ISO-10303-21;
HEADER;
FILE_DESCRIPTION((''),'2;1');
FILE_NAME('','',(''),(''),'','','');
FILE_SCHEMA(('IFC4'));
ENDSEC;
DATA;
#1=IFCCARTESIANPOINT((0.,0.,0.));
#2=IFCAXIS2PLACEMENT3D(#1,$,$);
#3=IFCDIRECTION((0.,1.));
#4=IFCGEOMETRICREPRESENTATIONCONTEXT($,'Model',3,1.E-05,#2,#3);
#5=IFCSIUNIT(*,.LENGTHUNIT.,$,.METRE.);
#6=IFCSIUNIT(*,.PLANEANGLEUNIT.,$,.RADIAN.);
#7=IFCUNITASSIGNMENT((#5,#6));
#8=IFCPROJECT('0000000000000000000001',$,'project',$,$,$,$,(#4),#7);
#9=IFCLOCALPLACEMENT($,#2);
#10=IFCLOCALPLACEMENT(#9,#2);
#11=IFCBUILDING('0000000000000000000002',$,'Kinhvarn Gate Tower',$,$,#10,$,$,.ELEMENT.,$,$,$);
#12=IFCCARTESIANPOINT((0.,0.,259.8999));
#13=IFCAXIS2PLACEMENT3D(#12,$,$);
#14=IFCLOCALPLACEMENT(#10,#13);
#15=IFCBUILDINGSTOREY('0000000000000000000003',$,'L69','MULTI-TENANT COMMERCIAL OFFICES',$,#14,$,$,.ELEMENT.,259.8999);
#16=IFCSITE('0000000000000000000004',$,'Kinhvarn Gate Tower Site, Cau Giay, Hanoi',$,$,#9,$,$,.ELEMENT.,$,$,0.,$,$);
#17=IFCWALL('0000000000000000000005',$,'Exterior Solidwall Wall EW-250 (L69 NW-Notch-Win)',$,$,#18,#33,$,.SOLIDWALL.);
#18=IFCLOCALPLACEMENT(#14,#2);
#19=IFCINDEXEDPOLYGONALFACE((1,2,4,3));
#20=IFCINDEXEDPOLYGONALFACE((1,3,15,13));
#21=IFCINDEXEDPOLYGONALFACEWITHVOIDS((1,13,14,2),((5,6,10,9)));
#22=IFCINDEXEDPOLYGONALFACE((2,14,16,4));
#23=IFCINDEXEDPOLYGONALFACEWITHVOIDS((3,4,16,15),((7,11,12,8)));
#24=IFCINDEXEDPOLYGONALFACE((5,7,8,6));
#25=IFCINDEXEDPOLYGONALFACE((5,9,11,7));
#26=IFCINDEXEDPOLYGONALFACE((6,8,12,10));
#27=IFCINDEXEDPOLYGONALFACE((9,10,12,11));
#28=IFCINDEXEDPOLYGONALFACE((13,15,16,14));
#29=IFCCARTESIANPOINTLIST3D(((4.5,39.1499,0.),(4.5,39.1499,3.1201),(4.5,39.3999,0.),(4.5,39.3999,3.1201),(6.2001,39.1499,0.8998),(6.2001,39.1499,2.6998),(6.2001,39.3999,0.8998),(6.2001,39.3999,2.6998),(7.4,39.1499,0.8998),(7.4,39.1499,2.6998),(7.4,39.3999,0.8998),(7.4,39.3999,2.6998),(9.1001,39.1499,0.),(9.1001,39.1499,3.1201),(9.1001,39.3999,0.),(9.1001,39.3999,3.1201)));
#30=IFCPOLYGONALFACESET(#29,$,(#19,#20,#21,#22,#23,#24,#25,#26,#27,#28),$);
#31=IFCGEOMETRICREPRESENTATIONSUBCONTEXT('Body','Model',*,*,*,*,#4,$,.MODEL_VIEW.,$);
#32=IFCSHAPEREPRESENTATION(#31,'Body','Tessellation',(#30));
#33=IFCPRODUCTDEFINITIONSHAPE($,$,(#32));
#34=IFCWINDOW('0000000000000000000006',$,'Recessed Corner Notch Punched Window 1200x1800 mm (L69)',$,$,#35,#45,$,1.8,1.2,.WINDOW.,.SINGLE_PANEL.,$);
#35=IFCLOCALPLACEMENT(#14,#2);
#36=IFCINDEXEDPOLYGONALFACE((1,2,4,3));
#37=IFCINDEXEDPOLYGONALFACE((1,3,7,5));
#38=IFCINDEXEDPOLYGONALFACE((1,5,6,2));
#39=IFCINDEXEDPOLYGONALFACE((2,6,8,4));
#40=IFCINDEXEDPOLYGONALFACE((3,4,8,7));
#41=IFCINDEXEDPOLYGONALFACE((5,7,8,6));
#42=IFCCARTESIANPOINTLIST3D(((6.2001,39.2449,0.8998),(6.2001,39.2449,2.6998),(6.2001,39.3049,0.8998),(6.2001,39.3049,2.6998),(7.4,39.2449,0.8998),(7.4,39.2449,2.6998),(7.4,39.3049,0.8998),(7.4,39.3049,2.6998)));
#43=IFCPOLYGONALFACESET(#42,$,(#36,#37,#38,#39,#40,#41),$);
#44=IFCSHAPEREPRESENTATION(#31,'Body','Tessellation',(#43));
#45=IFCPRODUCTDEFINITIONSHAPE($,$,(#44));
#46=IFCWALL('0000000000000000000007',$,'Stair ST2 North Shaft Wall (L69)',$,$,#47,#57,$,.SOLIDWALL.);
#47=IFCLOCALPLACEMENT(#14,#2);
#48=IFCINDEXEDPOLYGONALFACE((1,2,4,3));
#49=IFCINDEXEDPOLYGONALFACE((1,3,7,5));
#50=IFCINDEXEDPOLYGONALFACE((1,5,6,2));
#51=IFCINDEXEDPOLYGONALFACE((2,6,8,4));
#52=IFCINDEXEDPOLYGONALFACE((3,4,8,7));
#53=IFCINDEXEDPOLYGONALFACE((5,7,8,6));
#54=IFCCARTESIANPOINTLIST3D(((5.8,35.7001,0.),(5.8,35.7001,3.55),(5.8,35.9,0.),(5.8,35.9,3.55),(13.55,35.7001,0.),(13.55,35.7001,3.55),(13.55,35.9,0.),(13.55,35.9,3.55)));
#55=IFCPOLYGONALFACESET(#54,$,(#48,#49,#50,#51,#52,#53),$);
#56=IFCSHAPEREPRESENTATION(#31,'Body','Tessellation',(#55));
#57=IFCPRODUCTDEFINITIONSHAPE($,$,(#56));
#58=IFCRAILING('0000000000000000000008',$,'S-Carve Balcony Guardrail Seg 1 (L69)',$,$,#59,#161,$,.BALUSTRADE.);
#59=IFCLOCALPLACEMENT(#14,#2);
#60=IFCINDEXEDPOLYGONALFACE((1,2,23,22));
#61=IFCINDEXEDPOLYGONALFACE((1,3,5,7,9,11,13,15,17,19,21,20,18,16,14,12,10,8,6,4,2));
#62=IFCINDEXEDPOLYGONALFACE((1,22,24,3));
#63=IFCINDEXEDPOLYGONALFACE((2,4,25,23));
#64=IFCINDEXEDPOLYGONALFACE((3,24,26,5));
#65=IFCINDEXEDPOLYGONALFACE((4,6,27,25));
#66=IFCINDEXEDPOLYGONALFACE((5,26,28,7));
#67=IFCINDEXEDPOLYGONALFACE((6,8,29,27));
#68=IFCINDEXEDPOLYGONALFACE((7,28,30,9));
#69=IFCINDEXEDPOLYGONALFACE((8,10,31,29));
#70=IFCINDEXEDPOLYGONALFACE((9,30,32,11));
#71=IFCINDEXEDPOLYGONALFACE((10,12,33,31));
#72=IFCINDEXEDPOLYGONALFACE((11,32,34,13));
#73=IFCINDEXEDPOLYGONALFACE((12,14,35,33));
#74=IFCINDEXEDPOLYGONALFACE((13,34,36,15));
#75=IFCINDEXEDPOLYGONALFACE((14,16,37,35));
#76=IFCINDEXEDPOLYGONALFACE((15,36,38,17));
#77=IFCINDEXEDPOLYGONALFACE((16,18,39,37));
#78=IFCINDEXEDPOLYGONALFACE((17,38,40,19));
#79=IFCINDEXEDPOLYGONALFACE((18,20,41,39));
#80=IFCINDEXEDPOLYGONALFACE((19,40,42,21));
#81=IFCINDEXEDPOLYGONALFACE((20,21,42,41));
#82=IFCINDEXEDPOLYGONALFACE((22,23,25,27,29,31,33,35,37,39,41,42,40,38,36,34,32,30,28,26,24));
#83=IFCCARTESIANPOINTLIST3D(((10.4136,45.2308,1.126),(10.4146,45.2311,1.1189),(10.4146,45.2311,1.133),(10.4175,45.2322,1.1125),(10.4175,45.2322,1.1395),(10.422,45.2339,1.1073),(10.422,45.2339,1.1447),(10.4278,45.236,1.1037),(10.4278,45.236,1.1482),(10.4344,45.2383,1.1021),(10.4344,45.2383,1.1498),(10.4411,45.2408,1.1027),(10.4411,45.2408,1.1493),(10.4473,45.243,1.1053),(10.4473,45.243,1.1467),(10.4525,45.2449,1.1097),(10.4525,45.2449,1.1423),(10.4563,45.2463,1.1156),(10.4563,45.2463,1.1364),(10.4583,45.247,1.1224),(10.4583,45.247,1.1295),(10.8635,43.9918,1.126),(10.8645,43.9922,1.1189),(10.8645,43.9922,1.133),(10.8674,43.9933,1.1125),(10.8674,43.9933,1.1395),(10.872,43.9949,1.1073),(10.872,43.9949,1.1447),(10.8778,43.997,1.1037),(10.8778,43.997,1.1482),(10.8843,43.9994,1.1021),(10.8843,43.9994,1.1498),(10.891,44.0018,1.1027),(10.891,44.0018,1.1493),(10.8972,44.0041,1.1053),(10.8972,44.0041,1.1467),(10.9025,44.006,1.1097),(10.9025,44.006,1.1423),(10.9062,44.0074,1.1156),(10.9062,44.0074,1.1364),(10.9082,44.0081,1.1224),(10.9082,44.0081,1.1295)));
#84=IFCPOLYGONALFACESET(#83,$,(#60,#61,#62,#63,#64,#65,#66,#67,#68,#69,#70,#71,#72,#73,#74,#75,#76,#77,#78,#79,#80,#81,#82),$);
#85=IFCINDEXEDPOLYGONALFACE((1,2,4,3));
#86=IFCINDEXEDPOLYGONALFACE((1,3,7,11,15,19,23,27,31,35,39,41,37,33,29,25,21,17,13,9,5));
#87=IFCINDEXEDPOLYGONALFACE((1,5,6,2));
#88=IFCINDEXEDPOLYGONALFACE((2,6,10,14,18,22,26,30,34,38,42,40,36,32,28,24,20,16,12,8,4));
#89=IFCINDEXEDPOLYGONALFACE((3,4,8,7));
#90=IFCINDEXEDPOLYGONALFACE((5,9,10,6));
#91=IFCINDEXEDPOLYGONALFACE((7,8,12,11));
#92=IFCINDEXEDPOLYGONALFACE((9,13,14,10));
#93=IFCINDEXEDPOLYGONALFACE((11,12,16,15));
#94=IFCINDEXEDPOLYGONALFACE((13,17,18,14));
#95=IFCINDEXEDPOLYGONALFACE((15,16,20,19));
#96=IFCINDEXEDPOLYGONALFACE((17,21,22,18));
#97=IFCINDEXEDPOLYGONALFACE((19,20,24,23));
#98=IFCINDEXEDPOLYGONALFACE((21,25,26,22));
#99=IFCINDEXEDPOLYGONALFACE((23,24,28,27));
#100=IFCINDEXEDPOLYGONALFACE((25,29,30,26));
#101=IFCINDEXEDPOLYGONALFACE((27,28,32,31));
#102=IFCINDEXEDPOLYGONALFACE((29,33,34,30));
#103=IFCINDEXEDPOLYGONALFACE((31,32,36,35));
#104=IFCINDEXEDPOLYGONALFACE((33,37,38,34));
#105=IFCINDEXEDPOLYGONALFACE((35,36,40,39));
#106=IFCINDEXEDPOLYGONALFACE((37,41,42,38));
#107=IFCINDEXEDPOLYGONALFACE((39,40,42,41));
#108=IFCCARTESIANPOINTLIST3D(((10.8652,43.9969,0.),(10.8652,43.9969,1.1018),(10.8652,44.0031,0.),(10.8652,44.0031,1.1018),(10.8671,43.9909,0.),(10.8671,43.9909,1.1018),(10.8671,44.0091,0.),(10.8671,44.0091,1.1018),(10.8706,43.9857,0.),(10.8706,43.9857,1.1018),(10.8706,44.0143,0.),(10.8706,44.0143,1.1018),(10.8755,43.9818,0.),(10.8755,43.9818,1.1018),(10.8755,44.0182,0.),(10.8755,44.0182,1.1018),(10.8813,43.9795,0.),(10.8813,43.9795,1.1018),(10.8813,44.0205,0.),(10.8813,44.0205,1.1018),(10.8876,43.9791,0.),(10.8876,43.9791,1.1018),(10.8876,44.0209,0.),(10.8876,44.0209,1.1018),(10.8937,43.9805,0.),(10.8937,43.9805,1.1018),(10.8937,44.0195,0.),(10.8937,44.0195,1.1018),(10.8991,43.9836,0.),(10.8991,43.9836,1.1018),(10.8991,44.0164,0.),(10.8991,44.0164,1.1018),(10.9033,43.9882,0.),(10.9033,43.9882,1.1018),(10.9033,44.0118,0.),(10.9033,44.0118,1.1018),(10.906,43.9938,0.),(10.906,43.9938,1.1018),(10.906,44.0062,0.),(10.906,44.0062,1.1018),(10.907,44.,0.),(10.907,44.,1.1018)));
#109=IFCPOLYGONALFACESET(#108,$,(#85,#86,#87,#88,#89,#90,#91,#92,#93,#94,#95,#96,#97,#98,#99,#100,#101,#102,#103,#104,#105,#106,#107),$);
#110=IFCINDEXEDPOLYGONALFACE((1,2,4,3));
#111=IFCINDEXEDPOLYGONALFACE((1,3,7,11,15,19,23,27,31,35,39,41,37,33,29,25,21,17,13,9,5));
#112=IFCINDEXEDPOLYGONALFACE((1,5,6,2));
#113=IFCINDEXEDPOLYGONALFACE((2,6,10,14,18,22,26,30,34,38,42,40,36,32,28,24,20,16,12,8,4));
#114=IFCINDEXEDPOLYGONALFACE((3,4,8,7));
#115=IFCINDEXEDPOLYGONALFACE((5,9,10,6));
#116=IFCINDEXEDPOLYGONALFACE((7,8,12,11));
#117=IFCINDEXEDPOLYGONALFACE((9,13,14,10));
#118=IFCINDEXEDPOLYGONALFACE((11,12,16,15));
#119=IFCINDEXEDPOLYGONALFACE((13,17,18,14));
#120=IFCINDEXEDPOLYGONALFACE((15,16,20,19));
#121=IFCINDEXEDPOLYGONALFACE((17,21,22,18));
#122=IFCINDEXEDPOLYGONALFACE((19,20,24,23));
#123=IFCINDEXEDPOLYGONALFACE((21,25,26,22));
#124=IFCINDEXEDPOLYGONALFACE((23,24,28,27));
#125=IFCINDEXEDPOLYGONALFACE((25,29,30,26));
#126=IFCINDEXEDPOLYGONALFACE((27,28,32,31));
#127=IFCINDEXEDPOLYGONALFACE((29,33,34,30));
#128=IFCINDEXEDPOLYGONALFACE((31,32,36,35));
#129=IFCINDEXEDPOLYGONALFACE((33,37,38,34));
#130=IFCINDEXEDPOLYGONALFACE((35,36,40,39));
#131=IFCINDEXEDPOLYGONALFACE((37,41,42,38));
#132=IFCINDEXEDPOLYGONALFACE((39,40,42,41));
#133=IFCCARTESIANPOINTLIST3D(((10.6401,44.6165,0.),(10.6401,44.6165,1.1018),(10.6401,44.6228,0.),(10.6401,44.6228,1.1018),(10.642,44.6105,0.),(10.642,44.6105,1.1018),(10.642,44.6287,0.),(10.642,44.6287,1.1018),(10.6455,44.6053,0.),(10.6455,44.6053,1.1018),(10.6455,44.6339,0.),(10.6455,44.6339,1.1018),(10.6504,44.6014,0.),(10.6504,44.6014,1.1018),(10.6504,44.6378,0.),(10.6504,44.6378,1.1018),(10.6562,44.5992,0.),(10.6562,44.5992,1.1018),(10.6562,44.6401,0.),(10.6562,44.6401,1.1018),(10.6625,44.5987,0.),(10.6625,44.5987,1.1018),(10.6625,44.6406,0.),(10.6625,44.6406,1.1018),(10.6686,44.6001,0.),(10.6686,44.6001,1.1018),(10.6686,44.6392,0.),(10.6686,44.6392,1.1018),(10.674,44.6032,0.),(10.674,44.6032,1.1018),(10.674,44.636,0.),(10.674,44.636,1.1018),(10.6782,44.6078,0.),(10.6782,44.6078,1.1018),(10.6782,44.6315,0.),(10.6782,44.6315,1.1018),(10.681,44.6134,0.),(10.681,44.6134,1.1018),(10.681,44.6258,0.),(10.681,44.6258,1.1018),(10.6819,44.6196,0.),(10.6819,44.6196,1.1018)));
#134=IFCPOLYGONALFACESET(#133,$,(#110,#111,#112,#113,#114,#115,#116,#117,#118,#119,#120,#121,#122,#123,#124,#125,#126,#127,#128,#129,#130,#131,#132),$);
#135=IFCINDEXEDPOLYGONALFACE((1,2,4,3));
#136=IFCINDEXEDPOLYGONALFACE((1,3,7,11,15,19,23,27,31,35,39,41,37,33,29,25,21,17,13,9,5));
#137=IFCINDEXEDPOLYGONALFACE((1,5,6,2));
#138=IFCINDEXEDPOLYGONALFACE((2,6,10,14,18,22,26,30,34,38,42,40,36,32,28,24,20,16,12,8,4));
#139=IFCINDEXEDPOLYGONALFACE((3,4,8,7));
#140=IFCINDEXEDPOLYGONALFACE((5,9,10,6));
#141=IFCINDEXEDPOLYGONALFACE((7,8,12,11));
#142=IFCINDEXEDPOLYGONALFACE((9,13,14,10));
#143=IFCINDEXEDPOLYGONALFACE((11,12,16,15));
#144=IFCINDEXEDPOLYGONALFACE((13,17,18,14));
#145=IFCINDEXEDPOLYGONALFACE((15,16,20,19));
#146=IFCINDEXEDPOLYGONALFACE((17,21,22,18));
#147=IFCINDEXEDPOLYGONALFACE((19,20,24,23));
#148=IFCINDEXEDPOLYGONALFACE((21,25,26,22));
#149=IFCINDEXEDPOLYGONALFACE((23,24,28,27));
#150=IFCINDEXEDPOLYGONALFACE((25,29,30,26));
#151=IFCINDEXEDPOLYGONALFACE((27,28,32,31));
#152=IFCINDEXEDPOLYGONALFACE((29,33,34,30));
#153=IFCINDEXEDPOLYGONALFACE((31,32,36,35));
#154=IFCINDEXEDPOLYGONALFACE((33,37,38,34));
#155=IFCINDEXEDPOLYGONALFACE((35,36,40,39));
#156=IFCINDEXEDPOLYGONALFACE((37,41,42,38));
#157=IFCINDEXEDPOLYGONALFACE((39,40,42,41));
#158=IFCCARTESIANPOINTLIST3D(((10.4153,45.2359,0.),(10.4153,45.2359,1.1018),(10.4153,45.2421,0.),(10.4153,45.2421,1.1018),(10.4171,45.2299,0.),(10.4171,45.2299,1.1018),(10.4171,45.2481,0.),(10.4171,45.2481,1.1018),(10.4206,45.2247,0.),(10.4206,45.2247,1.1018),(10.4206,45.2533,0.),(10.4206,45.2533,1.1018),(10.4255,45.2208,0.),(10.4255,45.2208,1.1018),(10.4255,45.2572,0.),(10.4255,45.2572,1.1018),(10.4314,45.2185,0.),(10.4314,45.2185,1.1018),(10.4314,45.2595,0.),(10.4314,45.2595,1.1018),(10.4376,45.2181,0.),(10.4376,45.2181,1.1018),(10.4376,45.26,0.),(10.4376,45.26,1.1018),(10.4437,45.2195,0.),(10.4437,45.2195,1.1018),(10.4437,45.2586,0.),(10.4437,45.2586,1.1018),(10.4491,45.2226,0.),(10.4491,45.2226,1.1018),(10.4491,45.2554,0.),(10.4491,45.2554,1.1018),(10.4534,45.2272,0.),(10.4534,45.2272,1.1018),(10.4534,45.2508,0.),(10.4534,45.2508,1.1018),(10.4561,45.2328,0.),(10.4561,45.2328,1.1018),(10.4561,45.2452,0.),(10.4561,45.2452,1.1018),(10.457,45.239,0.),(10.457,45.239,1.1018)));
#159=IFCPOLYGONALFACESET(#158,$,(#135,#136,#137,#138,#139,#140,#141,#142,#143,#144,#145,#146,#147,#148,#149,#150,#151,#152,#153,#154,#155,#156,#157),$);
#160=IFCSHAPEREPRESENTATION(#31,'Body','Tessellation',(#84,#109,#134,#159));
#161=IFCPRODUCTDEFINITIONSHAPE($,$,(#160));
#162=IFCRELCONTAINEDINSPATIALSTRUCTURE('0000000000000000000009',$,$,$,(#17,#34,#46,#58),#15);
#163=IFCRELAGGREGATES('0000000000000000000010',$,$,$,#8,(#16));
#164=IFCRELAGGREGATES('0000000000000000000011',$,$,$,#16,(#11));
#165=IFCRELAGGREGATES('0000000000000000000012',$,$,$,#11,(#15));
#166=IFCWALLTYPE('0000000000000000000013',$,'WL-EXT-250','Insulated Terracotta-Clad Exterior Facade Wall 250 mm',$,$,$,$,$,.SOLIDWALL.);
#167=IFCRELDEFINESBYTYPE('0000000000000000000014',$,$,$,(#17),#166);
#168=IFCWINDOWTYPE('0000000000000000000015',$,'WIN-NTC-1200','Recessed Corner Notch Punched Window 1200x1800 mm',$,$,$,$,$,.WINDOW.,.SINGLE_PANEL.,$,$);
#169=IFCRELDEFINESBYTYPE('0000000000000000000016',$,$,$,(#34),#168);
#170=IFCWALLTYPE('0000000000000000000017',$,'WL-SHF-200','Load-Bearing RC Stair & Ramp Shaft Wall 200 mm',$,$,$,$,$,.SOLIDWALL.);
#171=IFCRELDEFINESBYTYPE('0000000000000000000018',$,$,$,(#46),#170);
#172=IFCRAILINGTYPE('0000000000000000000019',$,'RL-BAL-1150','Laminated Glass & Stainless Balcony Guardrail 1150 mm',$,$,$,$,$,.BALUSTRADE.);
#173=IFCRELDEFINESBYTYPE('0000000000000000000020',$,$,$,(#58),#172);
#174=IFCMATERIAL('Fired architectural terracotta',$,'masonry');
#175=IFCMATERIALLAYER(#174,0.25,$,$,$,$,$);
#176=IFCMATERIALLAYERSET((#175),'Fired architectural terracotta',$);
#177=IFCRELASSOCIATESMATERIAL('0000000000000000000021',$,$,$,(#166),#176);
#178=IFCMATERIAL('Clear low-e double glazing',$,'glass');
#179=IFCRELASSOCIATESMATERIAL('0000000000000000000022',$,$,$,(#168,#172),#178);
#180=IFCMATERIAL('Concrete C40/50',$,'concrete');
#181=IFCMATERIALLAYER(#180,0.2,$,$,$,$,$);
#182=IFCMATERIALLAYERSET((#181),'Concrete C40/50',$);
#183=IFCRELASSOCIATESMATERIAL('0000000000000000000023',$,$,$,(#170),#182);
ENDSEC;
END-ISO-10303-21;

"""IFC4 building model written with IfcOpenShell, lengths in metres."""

from ifc_helpers import new_model, si_unit, direction, frame, frame_2d, origin, origin_2d, place, context, subcontext, project, spatial, rectangle, circle, extrude, material, layer, layer_set, type_object, element, fill, save


model = new_model("IFC4")

# Units and contexts
model_context = context("Model", 3, precision=1e-05, world=origin(), true_north=direction((0.0, 1.0)))
body_context = subcontext(model_context, "Body", "Model", "MODEL_VIEW")
ifc_project = project(units=[si_unit("LENGTHUNIT", "METRE"), si_unit("PLANEANGLEUNIT", "RADIAN")], contexts=[model_context])

# Site, building, storey
site_placement = place(None, origin())
site = spatial("IfcSite", under=ifc_project, at=site_placement, Name="Kinhvarn Gate Tower Site, Cau Giay, Hanoi", CompositionType="ELEMENT", RefElevation=0.0)
building_placement = place(site_placement, origin())
building = spatial("IfcBuilding", under=site, at=building_placement, Name="Kinhvarn Gate Tower", CompositionType="ELEMENT")
storey_placement = place(building_placement, frame((0.0, 0.0, 259.8999)))
storey = spatial("IfcBuildingStorey", under=building, at=storey_placement, Name="L69", Description="MULTI-TENANT COMMERCIAL OFFICES", CompositionType="ELEMENT", Elevation=259.8999)

# Shared definitions
ifc_material_1 = material(Name="Fired architectural terracotta", Category="masonry")
ifc_layer_1 = layer(ifc_material_1, 0.25)
ifc_layer_set_1 = layer_set([ifc_layer_1], Name="Fired architectural terracotta")
wall_type_1 = type_object("IfcWallType", Name="WL-EXT-250", Description="Insulated Terracotta-Clad Exterior Facade Wall 250 mm", PredefinedType="SOLIDWALL", material=ifc_layer_set_1)

# Shared definitions
ifc_material_2 = material(Name="Clear low-e double glazing", Category="glass")

# Wall, opening, window
wall_1_placement = place(storey_placement, frame((9.1001, 39.2749, 0.0), z_axis=(0.0, 0.0, 1.0), x_axis=(-1.0, 0.0, 0.0)))
wall_1 = element("IfcWall", 1, at=wall_1_placement, inside=storey, type_object=wall_type_1, Name="Exterior Solidwall Wall EW-250 (L69 NW-Notch-Win)", PredefinedType="SOLIDWALL", context=body_context, shape_type="SweptSolid", body=[
    extrude(rectangle(XDim=4.6001, YDim=0.25, at=frame_2d((2.3, 0.0))), origin(), (0.0, 0.0, 1.0), 3.1201),
])
opening_1_placement = place(wall_1_placement, frame((1.7, 0.0, 0.8999)))
opening_1 = element("IfcOpeningElement", 2, at=opening_1_placement, cuts=wall_1, PredefinedType="OPENING", context=body_context, shape_type="SweptSolid", body=[
    extrude(rectangle(XDim=1.2, YDim=1.8, at=frame_2d((0.6001, 0.8999))), frame((0.0, 0.135, 0.0), z_axis=(0.0, -1.0, 0.0), x_axis=(1.0, 0.0, 0.0)), (0.0, 0.0, 1.0), 0.27),
])
window_type = type_object("IfcWindowType", Name="WIN-NTC-1200", Description="Recessed Corner Notch Punched Window 1200x1800 mm", PartitioningType="SINGLE_PANEL", PredefinedType="WINDOW", material=ifc_material_2)
window_placement = place(opening_1_placement, origin())
window = element("IfcWindow", 3, at=window_placement, inside=storey, type_object=window_type, Name="Recessed Corner Notch Punched Window 1200x1800 mm (L69)", OverallHeight=1.8, OverallWidth=1.2, PartitioningType="SINGLE_PANEL", PredefinedType="WINDOW", context=body_context, shape_type="SweptSolid", body=[
    extrude(rectangle(XDim=1.2, YDim=1.8, at=frame_2d((0.6001, 0.8999))), frame((0.0, 0.03, 0.0), z_axis=(0.0, -1.0, 0.0), x_axis=(1.0, 0.0, 0.0)), (0.0, 0.0, 1.0), 0.0601),
])
fill(opening_1, window)

# Wall
ifc_material_3 = material(Name="Concrete C40/50", Category="concrete")
ifc_layer_2 = layer(ifc_material_3, 0.2)
ifc_layer_set_2 = layer_set([ifc_layer_2], Name="Concrete C40/50")
wall_type_2 = type_object("IfcWallType", Name="WL-SHF-200", Description="Load-Bearing RC Stair & Ramp Shaft Wall 200 mm", PredefinedType="SOLIDWALL", material=ifc_layer_set_2)
wall_2_placement = place(storey_placement, frame((5.8, 35.8, 0.0), z_axis=(0.0, 0.0, 1.0), x_axis=(1.0, 0.0, 0.0)))
element("IfcWall", 4, at=wall_2_placement, inside=storey, type_object=wall_type_2, Name="Stair ST2 North Shaft Wall (L69)", PredefinedType="SOLIDWALL", context=body_context, shape_type="SweptSolid", body=[
    extrude(rectangle(XDim=7.75, YDim=0.2, at=frame_2d((3.875, 0.0))), origin(), (0.0, 0.0, 1.0), 3.55),
])

# Railing
railing_type = type_object("IfcRailingType", Name="RL-BAL-1150", Description="Laminated Glass & Stainless Balcony Guardrail 1150 mm", PredefinedType="BALUSTRADE", material=ifc_material_2)
railing_1_placement = place(storey_placement, frame((10.886, 44.0, 0.0)))
element("IfcRailing", 5, at=railing_1_placement, inside=storey, type_object=railing_type, Name="S-Carve Balcony Guardrail Seg 1 (L69)", PredefinedType="BALUSTRADE", context=body_context, shape_type="SweptSolid", body=[
    extrude(circle(Radius=0.0239, at=origin_2d()), frame((0.0, 0.0, 1.126), z_axis=(-0.341342, 0.939939, 0.0), x_axis=(-0.939939, -0.341342, 0.0)), (0.0, 0.0, 1.0), 1.3181),
    extrude(circle(Radius=0.021, at=origin_2d()), origin(), (0.0, 0.0, 1.0), 1.1018),
    extrude(circle(Radius=0.021, at=origin_2d()), frame((-0.2251, 0.6196, 0.0)), (0.0, 0.0, 1.0), 1.1018),
    extrude(circle(Radius=0.021, at=origin_2d()), frame((-0.45, 1.239, 0.0)), (0.0, 0.0, 1.0), 1.1018),
])

save(model, "model.ifc")
